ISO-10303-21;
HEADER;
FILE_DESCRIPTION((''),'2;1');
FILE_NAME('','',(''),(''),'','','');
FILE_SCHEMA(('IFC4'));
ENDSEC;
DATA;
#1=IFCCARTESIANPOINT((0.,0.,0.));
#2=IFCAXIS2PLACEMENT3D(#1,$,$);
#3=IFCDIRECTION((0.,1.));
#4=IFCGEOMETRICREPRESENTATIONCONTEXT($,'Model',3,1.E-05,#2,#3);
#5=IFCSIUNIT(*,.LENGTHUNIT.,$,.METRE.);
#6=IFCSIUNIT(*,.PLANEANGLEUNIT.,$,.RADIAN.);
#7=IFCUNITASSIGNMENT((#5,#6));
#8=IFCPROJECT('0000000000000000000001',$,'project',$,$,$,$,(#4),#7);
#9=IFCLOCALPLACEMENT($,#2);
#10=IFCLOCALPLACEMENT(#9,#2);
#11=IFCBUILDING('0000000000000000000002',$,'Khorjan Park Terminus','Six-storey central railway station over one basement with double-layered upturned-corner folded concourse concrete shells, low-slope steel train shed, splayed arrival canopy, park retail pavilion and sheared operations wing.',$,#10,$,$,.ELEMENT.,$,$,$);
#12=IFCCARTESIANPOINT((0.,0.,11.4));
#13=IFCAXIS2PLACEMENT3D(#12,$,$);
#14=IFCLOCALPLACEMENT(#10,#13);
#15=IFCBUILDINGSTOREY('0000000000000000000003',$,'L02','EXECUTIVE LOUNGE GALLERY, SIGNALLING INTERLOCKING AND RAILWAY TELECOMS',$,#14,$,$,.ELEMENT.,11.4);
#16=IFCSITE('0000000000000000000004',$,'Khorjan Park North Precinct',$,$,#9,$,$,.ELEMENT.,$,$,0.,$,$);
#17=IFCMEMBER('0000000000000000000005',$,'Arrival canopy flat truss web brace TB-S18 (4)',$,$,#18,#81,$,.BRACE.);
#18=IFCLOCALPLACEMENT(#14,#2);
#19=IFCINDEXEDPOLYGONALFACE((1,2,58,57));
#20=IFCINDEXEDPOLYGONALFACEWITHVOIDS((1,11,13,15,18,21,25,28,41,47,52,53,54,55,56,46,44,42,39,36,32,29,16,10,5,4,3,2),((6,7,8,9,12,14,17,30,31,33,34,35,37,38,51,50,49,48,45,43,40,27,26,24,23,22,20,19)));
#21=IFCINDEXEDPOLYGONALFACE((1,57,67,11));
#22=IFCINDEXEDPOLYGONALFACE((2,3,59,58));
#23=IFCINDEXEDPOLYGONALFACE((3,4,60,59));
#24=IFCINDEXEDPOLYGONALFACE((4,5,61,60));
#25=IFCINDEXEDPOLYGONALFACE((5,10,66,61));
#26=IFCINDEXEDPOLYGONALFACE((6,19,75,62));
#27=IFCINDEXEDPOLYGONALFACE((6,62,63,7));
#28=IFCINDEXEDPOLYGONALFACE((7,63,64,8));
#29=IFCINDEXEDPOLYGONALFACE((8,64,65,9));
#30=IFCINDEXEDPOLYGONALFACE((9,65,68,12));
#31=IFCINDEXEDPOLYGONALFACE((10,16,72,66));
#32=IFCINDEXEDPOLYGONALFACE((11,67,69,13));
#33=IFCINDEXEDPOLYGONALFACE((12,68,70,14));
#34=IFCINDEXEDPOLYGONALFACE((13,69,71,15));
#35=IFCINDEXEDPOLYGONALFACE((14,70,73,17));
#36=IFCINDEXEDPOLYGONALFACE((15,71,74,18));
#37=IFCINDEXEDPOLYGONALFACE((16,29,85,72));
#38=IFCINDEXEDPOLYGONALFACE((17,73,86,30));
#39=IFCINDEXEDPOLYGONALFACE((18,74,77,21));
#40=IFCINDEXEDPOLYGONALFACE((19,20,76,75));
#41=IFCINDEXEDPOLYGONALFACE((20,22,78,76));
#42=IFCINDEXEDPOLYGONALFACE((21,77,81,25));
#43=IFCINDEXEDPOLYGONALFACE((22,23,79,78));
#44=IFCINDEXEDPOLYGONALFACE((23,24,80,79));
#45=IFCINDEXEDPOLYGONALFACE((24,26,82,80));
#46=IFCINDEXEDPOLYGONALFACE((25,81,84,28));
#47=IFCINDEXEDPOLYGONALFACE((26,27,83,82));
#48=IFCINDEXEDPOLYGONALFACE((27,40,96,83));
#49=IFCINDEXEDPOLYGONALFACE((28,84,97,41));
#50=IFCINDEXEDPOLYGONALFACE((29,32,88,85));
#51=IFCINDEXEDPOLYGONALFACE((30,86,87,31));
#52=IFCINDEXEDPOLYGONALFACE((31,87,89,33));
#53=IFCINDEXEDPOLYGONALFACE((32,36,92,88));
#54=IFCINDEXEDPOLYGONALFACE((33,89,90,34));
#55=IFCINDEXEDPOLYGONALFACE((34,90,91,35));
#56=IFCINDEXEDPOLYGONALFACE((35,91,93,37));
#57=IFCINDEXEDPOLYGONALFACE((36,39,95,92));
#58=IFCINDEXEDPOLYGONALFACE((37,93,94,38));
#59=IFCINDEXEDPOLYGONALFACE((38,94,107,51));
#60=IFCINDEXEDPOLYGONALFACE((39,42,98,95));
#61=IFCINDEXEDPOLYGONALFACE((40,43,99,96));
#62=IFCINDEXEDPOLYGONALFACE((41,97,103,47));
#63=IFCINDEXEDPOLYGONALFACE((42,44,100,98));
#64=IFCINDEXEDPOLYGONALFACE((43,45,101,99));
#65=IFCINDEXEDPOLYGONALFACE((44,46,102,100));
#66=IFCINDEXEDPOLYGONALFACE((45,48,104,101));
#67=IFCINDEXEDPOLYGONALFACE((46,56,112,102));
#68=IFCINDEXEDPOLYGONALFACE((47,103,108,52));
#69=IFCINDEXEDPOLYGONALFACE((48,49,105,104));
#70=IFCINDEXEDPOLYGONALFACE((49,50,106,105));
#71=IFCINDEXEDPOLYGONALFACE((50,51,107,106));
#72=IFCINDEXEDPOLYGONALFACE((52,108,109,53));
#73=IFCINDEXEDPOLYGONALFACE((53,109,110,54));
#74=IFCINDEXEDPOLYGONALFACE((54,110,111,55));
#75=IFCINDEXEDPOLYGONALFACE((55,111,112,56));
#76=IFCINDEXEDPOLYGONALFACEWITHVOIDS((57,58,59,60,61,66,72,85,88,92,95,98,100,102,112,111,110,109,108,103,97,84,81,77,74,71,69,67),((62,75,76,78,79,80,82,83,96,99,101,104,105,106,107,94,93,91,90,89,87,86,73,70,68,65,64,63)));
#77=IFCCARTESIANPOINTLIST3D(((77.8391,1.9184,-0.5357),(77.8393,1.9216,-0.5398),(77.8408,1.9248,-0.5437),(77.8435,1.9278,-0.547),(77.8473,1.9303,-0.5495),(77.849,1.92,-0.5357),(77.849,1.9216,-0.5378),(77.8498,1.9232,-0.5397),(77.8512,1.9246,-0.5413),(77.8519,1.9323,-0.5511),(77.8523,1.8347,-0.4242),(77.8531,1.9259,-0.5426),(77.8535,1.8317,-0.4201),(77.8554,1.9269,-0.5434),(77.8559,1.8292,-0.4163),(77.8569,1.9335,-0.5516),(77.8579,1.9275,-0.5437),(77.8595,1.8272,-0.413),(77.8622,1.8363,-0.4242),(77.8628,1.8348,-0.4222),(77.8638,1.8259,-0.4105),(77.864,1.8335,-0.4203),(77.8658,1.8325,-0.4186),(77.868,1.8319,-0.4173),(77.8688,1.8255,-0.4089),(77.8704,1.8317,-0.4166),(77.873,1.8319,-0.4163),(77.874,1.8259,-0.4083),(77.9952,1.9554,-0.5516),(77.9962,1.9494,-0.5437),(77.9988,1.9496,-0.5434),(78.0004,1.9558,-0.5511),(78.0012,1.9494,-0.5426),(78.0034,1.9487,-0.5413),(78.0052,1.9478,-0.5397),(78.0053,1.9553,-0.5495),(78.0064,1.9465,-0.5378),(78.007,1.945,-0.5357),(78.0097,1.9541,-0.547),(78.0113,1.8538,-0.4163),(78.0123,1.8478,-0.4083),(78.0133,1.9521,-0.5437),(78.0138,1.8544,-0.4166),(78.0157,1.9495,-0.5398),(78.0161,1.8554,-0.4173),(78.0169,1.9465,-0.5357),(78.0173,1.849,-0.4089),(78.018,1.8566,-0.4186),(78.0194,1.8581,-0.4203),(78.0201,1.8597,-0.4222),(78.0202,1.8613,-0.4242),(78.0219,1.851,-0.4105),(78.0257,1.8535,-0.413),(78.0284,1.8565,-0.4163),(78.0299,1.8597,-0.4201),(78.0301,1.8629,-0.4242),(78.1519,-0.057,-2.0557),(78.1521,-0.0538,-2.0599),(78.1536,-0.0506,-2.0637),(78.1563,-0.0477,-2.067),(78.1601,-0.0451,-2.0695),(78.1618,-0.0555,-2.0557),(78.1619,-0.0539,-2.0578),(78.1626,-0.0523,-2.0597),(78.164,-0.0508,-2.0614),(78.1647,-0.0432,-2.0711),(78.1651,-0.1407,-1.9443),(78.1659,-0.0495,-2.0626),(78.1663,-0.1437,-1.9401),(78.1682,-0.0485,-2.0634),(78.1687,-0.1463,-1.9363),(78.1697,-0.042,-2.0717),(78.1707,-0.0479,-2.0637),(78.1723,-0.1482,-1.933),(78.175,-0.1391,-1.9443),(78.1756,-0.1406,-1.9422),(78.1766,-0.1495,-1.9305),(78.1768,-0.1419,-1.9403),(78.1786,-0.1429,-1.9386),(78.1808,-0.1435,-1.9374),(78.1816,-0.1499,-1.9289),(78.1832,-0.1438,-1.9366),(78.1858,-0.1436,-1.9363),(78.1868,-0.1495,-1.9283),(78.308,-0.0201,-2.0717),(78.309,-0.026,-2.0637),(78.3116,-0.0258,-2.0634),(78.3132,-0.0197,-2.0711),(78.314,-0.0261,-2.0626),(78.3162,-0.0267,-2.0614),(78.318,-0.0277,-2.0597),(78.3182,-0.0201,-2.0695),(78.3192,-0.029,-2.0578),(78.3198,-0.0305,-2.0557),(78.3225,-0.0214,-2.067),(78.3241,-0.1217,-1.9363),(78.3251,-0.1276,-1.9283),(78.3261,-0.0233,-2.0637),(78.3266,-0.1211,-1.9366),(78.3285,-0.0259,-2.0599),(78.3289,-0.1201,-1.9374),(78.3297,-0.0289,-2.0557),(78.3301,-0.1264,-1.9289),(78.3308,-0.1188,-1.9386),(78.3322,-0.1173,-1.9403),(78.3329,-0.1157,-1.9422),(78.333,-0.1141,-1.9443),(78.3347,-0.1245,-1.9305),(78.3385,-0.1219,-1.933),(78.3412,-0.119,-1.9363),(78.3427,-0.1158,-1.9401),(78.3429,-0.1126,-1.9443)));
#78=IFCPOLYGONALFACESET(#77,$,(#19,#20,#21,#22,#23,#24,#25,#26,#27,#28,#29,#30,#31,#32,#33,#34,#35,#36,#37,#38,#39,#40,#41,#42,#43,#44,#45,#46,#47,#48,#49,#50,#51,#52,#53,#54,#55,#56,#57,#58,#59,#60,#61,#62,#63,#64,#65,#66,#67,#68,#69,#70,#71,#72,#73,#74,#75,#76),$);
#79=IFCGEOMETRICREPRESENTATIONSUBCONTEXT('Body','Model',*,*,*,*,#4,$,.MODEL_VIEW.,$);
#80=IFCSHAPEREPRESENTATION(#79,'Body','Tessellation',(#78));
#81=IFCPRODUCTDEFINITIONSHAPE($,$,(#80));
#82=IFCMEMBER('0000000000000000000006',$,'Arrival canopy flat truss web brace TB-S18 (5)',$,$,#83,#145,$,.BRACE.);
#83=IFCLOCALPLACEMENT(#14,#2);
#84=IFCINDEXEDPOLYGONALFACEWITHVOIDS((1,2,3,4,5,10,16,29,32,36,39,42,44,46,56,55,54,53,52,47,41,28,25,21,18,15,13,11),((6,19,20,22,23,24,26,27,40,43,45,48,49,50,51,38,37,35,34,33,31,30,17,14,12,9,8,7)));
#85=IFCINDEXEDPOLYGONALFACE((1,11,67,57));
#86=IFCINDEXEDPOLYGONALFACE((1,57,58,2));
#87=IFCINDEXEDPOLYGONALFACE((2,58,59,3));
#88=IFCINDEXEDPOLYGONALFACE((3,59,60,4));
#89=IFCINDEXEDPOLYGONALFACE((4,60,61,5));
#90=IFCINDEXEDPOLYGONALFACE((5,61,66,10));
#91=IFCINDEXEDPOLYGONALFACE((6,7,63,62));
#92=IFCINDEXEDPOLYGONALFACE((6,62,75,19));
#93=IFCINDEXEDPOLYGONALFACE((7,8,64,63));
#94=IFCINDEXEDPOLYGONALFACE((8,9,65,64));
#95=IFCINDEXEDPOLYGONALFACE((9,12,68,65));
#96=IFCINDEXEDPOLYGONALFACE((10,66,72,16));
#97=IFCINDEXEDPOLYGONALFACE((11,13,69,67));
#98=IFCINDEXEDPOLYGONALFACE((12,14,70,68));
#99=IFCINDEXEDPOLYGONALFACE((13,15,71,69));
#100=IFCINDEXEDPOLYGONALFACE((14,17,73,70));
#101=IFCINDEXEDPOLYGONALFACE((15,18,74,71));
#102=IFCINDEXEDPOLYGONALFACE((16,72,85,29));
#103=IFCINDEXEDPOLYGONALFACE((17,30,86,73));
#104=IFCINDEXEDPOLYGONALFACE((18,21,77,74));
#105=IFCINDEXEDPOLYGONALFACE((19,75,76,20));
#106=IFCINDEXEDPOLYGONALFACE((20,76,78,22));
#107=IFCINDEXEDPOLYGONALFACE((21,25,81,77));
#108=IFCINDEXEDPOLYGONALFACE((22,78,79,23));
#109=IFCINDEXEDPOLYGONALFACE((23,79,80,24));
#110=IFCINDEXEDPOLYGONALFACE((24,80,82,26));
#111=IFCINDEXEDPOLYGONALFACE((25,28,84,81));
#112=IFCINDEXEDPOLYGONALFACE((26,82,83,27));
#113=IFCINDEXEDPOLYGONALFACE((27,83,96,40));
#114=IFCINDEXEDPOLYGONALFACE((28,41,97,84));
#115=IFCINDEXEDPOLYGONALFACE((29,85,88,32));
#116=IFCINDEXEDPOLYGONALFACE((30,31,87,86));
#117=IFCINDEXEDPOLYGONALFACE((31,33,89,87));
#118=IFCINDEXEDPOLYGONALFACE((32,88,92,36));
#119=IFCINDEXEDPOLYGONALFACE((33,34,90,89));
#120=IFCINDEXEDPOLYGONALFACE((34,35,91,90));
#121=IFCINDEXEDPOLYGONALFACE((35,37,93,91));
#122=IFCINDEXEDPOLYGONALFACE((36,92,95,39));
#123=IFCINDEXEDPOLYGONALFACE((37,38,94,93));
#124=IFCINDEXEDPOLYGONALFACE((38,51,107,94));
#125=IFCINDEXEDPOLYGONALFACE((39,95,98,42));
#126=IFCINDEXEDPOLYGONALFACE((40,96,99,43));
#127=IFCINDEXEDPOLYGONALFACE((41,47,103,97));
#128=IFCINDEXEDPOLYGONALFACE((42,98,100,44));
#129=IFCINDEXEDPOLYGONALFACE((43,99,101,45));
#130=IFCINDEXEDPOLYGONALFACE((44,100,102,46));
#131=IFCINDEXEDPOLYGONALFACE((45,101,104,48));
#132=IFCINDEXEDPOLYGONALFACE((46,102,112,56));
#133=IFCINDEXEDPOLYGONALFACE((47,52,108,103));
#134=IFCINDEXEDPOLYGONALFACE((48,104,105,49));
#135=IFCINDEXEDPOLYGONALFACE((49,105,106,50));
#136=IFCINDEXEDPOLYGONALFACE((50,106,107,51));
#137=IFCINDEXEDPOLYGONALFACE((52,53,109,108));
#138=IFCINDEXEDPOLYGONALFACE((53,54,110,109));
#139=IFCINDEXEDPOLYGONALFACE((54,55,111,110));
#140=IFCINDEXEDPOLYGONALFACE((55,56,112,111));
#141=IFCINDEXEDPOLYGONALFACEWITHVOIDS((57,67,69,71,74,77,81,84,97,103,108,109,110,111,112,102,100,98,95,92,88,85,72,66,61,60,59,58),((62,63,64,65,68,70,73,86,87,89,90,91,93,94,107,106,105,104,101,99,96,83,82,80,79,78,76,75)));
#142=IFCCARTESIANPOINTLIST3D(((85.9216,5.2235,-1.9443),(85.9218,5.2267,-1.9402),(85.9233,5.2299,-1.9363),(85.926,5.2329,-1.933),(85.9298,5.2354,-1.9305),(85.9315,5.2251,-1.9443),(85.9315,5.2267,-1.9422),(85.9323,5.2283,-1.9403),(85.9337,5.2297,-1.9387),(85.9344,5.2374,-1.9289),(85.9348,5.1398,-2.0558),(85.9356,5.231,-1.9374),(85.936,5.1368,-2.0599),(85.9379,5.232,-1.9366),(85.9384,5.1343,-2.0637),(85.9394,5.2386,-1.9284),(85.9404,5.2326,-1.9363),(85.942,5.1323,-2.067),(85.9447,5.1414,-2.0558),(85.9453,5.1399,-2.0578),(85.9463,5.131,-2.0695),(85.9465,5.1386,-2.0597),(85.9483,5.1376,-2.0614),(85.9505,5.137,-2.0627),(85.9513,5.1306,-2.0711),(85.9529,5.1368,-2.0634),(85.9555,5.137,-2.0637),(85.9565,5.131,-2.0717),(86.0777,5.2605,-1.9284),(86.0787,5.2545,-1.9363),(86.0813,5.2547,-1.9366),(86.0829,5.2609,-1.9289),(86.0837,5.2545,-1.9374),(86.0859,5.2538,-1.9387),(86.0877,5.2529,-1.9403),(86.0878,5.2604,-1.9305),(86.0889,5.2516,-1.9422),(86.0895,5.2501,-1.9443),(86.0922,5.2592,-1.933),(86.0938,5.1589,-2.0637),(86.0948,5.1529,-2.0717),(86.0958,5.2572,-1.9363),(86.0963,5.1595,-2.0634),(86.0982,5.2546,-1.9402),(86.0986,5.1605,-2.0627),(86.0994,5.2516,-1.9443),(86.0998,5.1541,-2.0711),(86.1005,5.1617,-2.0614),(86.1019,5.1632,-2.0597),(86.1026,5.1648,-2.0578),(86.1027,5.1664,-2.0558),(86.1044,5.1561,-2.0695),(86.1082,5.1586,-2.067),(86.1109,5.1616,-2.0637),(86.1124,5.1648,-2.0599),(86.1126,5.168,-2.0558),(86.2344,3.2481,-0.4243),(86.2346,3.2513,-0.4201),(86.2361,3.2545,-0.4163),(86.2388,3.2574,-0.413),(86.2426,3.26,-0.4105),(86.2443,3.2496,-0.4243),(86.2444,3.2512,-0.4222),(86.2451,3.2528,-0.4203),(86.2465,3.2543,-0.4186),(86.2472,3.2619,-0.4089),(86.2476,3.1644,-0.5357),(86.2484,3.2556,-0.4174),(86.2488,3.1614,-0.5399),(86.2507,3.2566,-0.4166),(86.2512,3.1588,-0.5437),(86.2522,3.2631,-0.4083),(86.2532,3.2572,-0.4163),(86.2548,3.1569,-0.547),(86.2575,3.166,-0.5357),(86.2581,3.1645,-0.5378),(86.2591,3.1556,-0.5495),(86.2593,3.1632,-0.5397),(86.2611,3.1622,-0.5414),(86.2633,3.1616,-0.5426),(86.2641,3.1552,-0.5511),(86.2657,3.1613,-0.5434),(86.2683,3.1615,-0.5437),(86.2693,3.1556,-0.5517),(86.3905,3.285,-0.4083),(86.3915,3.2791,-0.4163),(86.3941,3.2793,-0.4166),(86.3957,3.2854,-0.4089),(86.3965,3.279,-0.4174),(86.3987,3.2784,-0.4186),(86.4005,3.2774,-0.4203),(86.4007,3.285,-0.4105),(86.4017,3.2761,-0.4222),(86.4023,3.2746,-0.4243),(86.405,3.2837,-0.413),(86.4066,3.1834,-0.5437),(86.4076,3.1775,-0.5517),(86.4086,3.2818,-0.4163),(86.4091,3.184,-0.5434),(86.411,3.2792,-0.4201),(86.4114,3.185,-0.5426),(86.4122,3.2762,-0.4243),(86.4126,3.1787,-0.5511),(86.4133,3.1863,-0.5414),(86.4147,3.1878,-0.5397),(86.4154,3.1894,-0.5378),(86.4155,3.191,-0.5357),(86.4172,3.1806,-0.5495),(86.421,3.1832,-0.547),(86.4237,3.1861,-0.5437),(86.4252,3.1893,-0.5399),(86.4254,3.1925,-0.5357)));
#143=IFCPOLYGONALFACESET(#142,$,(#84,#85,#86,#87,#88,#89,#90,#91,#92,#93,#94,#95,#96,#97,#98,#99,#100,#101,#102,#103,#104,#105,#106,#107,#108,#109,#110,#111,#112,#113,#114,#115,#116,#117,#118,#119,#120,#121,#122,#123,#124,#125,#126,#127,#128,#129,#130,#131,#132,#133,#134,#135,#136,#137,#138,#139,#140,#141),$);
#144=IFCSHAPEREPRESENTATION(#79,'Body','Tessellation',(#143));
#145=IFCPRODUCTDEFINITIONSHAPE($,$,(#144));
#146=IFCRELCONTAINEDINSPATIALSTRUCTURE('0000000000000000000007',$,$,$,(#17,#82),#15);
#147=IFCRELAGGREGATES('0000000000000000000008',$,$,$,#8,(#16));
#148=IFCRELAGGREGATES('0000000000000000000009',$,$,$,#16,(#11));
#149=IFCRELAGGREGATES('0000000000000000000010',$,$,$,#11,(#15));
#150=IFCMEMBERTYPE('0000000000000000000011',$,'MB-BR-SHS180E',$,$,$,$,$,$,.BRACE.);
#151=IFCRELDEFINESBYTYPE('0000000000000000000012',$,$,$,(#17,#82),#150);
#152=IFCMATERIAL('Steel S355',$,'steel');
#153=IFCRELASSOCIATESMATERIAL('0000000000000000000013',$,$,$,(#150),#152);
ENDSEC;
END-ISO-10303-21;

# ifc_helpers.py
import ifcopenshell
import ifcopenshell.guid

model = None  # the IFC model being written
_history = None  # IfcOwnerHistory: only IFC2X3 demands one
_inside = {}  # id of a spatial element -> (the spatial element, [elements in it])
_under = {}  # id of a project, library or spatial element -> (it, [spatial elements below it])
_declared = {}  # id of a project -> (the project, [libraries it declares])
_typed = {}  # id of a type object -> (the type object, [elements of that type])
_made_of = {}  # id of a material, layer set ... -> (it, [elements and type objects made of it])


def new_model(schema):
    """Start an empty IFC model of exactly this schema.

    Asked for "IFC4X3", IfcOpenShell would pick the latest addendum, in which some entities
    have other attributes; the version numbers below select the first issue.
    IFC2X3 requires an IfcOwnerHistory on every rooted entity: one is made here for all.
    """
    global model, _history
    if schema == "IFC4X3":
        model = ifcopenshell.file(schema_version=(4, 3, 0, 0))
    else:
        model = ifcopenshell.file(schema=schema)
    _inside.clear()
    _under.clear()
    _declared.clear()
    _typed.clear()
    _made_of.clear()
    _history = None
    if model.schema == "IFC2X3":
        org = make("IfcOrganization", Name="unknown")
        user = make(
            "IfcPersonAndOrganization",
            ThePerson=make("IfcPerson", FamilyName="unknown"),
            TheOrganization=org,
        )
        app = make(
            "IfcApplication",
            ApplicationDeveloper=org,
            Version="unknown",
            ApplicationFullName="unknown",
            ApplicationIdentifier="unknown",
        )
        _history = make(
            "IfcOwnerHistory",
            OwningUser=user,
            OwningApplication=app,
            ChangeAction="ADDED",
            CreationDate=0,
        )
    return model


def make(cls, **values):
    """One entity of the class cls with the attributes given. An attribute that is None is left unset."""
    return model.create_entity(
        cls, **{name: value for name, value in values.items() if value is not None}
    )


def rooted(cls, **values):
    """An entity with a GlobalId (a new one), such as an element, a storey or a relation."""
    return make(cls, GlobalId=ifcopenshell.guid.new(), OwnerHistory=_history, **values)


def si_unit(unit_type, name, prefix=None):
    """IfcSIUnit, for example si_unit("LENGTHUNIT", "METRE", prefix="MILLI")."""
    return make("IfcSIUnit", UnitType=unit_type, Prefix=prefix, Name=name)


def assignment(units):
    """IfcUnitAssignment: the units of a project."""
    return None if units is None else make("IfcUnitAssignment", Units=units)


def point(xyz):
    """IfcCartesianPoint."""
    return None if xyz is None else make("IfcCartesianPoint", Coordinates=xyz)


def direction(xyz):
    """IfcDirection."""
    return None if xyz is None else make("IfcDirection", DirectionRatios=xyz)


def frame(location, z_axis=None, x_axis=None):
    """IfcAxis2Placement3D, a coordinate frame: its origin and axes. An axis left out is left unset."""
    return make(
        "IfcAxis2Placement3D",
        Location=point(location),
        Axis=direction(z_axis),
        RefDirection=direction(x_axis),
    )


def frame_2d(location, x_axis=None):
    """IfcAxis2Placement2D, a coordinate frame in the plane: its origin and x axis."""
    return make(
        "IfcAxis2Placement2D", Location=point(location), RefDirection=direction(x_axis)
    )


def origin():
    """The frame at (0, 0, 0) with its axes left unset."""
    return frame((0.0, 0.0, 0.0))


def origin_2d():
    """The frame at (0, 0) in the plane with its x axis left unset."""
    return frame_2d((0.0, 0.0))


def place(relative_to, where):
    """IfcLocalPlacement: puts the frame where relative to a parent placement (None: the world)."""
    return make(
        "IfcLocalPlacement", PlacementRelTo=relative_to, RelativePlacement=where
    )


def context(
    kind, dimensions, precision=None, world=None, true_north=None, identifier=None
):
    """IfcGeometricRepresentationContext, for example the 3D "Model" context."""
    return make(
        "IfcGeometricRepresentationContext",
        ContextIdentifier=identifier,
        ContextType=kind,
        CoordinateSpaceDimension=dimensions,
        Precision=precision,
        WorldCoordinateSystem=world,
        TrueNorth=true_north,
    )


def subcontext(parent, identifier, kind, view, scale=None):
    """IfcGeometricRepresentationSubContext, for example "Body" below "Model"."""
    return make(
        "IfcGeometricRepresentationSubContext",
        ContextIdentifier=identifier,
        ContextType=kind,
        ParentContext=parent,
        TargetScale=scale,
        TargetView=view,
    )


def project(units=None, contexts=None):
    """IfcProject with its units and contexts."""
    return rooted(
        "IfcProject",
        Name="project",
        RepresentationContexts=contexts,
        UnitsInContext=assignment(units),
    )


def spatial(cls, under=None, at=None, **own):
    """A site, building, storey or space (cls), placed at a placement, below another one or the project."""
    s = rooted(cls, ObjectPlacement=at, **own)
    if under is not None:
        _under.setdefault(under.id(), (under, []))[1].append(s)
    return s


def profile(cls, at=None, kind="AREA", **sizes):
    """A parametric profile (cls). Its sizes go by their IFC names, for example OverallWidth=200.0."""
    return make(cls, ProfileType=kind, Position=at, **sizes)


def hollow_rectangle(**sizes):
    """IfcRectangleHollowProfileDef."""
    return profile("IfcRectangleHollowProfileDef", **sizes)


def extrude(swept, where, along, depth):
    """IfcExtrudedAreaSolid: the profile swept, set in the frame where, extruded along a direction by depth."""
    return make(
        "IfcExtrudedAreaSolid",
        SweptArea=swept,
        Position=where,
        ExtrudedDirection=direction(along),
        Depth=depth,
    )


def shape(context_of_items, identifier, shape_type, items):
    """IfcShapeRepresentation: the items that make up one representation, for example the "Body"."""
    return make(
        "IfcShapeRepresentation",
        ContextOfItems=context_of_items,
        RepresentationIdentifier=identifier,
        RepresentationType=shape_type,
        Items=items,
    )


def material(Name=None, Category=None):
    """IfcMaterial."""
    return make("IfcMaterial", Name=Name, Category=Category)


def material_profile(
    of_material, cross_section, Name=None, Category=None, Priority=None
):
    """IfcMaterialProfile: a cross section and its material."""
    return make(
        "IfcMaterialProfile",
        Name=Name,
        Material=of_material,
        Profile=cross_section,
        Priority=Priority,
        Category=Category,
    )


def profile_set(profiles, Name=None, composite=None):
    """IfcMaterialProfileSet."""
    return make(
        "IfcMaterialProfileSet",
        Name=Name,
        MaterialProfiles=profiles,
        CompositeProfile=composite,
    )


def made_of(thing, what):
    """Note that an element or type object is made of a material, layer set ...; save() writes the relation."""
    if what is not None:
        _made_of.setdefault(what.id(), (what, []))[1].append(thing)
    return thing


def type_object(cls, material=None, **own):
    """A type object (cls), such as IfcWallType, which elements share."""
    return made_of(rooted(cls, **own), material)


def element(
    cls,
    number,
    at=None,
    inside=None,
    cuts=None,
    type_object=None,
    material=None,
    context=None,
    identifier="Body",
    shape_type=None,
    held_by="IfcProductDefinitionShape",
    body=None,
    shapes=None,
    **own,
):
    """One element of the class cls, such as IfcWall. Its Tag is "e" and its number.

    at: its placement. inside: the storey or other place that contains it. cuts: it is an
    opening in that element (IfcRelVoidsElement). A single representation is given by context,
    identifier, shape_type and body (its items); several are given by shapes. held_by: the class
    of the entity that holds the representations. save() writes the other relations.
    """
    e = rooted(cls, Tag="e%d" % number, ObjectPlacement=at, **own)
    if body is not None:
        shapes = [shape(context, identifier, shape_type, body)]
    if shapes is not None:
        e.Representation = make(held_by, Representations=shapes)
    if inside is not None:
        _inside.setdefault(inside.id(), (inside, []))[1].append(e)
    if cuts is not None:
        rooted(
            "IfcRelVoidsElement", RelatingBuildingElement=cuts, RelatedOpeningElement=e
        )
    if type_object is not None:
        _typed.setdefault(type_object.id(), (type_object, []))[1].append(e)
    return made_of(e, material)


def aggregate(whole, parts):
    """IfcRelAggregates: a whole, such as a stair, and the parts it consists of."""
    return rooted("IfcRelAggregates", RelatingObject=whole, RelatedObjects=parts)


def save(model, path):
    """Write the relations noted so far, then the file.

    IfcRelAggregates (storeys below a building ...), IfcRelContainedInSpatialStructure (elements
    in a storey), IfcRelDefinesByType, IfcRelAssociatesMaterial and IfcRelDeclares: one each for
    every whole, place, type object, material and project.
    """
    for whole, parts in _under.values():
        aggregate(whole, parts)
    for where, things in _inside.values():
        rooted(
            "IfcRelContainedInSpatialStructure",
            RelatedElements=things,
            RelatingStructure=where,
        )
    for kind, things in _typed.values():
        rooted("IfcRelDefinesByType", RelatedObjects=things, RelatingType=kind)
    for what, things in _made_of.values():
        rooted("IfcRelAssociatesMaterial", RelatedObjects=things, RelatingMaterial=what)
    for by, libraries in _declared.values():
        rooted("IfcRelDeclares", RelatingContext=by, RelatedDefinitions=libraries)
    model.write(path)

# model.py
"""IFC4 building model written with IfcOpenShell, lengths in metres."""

from ifc_helpers import new_model, si_unit, direction, frame, origin, origin_2d, place, context, subcontext, project, spatial, hollow_rectangle, extrude, material, material_profile, profile_set, type_object, element, save


model = new_model("IFC4")

# Units and contexts
model_context = context("Model", 3, precision=1e-05, world=origin(), true_north=direction((0.0, 1.0)))
body_context = subcontext(model_context, "Body", "Model", "MODEL_VIEW")
ifc_project = project(units=[si_unit("LENGTHUNIT", "METRE"), si_unit("PLANEANGLEUNIT", "RADIAN")], contexts=[model_context])

# Site, building, storey
site_placement = place(None, origin())
site = spatial("IfcSite", under=ifc_project, at=site_placement, Name="Khorjan Park North Precinct", CompositionType="ELEMENT", RefElevation=0.0)
building_placement = place(site_placement, origin())
building = spatial("IfcBuilding", under=site, at=building_placement, Name="Khorjan Park Terminus", Description="Six-storey central railway station over one basement with double-layered upturned-corner folded concourse concrete shells, low-slope steel train shed, splayed arrival canopy, park retail pavilion and sheared operations wing.", CompositionType="ELEMENT")
storey_placement = place(building_placement, frame((0.0, 0.0, 11.4)))
storey = spatial("IfcBuildingStorey", under=building, at=storey_placement, Name="L02", Description="EXECUTIVE LOUNGE GALLERY, SIGNALLING INTERLOCKING AND RAILWAY TELECOMS", CompositionType="ELEMENT", Elevation=11.4)

# Members
ifc_material = material(Name="Steel S355", Category="steel")
ifc_material_profile_1 = material_profile(ifc_material, hollow_rectangle(XDim=0.18, YDim=0.18, WallThickness=0.01, InnerFilletRadius=0.01, OuterFilletRadius=0.02, at=origin_2d()), Name="SHS 180x180x10")
ifc_profile_set_1 = profile_set([ifc_material_profile_1], Name="Steel S355")
member_type_1 = type_object("IfcMemberType", Name="MB-BR-SHS180E", PredefinedType="BRACE", material=ifc_profile_set_1)
for number, where, z_axis, x_axis, name in (
    (1, (78.2474, -0.0848, -2.0), (-0.124519, 0.786366, 0.605081), (-0.987694, -0.156399, 0.0), "Arrival canopy flat truss web brace TB-S18 (4)"),
    (2, (86.3299, 3.2203, -0.48), (-0.124519, 0.786366, -0.605081), (-0.987694, -0.156399, 0.0), "Arrival canopy flat truss web brace TB-S18 (5)"),
):
    element("IfcMember", number, at=place(storey_placement, frame(where, z_axis=z_axis, x_axis=x_axis)), inside=storey, type_object=member_type_1, Name=name, PredefinedType="BRACE", context=body_context, shape_type="SweptSolid", body=[
        extrude(hollow_rectangle(XDim=0.18, YDim=0.18, WallThickness=0.01, InnerFilletRadius=0.01, OuterFilletRadius=0.02, at=origin_2d()), origin(), (0.0, 0.0, 1.0), 2.5121),
    ])

save(model, "model.ifc")
